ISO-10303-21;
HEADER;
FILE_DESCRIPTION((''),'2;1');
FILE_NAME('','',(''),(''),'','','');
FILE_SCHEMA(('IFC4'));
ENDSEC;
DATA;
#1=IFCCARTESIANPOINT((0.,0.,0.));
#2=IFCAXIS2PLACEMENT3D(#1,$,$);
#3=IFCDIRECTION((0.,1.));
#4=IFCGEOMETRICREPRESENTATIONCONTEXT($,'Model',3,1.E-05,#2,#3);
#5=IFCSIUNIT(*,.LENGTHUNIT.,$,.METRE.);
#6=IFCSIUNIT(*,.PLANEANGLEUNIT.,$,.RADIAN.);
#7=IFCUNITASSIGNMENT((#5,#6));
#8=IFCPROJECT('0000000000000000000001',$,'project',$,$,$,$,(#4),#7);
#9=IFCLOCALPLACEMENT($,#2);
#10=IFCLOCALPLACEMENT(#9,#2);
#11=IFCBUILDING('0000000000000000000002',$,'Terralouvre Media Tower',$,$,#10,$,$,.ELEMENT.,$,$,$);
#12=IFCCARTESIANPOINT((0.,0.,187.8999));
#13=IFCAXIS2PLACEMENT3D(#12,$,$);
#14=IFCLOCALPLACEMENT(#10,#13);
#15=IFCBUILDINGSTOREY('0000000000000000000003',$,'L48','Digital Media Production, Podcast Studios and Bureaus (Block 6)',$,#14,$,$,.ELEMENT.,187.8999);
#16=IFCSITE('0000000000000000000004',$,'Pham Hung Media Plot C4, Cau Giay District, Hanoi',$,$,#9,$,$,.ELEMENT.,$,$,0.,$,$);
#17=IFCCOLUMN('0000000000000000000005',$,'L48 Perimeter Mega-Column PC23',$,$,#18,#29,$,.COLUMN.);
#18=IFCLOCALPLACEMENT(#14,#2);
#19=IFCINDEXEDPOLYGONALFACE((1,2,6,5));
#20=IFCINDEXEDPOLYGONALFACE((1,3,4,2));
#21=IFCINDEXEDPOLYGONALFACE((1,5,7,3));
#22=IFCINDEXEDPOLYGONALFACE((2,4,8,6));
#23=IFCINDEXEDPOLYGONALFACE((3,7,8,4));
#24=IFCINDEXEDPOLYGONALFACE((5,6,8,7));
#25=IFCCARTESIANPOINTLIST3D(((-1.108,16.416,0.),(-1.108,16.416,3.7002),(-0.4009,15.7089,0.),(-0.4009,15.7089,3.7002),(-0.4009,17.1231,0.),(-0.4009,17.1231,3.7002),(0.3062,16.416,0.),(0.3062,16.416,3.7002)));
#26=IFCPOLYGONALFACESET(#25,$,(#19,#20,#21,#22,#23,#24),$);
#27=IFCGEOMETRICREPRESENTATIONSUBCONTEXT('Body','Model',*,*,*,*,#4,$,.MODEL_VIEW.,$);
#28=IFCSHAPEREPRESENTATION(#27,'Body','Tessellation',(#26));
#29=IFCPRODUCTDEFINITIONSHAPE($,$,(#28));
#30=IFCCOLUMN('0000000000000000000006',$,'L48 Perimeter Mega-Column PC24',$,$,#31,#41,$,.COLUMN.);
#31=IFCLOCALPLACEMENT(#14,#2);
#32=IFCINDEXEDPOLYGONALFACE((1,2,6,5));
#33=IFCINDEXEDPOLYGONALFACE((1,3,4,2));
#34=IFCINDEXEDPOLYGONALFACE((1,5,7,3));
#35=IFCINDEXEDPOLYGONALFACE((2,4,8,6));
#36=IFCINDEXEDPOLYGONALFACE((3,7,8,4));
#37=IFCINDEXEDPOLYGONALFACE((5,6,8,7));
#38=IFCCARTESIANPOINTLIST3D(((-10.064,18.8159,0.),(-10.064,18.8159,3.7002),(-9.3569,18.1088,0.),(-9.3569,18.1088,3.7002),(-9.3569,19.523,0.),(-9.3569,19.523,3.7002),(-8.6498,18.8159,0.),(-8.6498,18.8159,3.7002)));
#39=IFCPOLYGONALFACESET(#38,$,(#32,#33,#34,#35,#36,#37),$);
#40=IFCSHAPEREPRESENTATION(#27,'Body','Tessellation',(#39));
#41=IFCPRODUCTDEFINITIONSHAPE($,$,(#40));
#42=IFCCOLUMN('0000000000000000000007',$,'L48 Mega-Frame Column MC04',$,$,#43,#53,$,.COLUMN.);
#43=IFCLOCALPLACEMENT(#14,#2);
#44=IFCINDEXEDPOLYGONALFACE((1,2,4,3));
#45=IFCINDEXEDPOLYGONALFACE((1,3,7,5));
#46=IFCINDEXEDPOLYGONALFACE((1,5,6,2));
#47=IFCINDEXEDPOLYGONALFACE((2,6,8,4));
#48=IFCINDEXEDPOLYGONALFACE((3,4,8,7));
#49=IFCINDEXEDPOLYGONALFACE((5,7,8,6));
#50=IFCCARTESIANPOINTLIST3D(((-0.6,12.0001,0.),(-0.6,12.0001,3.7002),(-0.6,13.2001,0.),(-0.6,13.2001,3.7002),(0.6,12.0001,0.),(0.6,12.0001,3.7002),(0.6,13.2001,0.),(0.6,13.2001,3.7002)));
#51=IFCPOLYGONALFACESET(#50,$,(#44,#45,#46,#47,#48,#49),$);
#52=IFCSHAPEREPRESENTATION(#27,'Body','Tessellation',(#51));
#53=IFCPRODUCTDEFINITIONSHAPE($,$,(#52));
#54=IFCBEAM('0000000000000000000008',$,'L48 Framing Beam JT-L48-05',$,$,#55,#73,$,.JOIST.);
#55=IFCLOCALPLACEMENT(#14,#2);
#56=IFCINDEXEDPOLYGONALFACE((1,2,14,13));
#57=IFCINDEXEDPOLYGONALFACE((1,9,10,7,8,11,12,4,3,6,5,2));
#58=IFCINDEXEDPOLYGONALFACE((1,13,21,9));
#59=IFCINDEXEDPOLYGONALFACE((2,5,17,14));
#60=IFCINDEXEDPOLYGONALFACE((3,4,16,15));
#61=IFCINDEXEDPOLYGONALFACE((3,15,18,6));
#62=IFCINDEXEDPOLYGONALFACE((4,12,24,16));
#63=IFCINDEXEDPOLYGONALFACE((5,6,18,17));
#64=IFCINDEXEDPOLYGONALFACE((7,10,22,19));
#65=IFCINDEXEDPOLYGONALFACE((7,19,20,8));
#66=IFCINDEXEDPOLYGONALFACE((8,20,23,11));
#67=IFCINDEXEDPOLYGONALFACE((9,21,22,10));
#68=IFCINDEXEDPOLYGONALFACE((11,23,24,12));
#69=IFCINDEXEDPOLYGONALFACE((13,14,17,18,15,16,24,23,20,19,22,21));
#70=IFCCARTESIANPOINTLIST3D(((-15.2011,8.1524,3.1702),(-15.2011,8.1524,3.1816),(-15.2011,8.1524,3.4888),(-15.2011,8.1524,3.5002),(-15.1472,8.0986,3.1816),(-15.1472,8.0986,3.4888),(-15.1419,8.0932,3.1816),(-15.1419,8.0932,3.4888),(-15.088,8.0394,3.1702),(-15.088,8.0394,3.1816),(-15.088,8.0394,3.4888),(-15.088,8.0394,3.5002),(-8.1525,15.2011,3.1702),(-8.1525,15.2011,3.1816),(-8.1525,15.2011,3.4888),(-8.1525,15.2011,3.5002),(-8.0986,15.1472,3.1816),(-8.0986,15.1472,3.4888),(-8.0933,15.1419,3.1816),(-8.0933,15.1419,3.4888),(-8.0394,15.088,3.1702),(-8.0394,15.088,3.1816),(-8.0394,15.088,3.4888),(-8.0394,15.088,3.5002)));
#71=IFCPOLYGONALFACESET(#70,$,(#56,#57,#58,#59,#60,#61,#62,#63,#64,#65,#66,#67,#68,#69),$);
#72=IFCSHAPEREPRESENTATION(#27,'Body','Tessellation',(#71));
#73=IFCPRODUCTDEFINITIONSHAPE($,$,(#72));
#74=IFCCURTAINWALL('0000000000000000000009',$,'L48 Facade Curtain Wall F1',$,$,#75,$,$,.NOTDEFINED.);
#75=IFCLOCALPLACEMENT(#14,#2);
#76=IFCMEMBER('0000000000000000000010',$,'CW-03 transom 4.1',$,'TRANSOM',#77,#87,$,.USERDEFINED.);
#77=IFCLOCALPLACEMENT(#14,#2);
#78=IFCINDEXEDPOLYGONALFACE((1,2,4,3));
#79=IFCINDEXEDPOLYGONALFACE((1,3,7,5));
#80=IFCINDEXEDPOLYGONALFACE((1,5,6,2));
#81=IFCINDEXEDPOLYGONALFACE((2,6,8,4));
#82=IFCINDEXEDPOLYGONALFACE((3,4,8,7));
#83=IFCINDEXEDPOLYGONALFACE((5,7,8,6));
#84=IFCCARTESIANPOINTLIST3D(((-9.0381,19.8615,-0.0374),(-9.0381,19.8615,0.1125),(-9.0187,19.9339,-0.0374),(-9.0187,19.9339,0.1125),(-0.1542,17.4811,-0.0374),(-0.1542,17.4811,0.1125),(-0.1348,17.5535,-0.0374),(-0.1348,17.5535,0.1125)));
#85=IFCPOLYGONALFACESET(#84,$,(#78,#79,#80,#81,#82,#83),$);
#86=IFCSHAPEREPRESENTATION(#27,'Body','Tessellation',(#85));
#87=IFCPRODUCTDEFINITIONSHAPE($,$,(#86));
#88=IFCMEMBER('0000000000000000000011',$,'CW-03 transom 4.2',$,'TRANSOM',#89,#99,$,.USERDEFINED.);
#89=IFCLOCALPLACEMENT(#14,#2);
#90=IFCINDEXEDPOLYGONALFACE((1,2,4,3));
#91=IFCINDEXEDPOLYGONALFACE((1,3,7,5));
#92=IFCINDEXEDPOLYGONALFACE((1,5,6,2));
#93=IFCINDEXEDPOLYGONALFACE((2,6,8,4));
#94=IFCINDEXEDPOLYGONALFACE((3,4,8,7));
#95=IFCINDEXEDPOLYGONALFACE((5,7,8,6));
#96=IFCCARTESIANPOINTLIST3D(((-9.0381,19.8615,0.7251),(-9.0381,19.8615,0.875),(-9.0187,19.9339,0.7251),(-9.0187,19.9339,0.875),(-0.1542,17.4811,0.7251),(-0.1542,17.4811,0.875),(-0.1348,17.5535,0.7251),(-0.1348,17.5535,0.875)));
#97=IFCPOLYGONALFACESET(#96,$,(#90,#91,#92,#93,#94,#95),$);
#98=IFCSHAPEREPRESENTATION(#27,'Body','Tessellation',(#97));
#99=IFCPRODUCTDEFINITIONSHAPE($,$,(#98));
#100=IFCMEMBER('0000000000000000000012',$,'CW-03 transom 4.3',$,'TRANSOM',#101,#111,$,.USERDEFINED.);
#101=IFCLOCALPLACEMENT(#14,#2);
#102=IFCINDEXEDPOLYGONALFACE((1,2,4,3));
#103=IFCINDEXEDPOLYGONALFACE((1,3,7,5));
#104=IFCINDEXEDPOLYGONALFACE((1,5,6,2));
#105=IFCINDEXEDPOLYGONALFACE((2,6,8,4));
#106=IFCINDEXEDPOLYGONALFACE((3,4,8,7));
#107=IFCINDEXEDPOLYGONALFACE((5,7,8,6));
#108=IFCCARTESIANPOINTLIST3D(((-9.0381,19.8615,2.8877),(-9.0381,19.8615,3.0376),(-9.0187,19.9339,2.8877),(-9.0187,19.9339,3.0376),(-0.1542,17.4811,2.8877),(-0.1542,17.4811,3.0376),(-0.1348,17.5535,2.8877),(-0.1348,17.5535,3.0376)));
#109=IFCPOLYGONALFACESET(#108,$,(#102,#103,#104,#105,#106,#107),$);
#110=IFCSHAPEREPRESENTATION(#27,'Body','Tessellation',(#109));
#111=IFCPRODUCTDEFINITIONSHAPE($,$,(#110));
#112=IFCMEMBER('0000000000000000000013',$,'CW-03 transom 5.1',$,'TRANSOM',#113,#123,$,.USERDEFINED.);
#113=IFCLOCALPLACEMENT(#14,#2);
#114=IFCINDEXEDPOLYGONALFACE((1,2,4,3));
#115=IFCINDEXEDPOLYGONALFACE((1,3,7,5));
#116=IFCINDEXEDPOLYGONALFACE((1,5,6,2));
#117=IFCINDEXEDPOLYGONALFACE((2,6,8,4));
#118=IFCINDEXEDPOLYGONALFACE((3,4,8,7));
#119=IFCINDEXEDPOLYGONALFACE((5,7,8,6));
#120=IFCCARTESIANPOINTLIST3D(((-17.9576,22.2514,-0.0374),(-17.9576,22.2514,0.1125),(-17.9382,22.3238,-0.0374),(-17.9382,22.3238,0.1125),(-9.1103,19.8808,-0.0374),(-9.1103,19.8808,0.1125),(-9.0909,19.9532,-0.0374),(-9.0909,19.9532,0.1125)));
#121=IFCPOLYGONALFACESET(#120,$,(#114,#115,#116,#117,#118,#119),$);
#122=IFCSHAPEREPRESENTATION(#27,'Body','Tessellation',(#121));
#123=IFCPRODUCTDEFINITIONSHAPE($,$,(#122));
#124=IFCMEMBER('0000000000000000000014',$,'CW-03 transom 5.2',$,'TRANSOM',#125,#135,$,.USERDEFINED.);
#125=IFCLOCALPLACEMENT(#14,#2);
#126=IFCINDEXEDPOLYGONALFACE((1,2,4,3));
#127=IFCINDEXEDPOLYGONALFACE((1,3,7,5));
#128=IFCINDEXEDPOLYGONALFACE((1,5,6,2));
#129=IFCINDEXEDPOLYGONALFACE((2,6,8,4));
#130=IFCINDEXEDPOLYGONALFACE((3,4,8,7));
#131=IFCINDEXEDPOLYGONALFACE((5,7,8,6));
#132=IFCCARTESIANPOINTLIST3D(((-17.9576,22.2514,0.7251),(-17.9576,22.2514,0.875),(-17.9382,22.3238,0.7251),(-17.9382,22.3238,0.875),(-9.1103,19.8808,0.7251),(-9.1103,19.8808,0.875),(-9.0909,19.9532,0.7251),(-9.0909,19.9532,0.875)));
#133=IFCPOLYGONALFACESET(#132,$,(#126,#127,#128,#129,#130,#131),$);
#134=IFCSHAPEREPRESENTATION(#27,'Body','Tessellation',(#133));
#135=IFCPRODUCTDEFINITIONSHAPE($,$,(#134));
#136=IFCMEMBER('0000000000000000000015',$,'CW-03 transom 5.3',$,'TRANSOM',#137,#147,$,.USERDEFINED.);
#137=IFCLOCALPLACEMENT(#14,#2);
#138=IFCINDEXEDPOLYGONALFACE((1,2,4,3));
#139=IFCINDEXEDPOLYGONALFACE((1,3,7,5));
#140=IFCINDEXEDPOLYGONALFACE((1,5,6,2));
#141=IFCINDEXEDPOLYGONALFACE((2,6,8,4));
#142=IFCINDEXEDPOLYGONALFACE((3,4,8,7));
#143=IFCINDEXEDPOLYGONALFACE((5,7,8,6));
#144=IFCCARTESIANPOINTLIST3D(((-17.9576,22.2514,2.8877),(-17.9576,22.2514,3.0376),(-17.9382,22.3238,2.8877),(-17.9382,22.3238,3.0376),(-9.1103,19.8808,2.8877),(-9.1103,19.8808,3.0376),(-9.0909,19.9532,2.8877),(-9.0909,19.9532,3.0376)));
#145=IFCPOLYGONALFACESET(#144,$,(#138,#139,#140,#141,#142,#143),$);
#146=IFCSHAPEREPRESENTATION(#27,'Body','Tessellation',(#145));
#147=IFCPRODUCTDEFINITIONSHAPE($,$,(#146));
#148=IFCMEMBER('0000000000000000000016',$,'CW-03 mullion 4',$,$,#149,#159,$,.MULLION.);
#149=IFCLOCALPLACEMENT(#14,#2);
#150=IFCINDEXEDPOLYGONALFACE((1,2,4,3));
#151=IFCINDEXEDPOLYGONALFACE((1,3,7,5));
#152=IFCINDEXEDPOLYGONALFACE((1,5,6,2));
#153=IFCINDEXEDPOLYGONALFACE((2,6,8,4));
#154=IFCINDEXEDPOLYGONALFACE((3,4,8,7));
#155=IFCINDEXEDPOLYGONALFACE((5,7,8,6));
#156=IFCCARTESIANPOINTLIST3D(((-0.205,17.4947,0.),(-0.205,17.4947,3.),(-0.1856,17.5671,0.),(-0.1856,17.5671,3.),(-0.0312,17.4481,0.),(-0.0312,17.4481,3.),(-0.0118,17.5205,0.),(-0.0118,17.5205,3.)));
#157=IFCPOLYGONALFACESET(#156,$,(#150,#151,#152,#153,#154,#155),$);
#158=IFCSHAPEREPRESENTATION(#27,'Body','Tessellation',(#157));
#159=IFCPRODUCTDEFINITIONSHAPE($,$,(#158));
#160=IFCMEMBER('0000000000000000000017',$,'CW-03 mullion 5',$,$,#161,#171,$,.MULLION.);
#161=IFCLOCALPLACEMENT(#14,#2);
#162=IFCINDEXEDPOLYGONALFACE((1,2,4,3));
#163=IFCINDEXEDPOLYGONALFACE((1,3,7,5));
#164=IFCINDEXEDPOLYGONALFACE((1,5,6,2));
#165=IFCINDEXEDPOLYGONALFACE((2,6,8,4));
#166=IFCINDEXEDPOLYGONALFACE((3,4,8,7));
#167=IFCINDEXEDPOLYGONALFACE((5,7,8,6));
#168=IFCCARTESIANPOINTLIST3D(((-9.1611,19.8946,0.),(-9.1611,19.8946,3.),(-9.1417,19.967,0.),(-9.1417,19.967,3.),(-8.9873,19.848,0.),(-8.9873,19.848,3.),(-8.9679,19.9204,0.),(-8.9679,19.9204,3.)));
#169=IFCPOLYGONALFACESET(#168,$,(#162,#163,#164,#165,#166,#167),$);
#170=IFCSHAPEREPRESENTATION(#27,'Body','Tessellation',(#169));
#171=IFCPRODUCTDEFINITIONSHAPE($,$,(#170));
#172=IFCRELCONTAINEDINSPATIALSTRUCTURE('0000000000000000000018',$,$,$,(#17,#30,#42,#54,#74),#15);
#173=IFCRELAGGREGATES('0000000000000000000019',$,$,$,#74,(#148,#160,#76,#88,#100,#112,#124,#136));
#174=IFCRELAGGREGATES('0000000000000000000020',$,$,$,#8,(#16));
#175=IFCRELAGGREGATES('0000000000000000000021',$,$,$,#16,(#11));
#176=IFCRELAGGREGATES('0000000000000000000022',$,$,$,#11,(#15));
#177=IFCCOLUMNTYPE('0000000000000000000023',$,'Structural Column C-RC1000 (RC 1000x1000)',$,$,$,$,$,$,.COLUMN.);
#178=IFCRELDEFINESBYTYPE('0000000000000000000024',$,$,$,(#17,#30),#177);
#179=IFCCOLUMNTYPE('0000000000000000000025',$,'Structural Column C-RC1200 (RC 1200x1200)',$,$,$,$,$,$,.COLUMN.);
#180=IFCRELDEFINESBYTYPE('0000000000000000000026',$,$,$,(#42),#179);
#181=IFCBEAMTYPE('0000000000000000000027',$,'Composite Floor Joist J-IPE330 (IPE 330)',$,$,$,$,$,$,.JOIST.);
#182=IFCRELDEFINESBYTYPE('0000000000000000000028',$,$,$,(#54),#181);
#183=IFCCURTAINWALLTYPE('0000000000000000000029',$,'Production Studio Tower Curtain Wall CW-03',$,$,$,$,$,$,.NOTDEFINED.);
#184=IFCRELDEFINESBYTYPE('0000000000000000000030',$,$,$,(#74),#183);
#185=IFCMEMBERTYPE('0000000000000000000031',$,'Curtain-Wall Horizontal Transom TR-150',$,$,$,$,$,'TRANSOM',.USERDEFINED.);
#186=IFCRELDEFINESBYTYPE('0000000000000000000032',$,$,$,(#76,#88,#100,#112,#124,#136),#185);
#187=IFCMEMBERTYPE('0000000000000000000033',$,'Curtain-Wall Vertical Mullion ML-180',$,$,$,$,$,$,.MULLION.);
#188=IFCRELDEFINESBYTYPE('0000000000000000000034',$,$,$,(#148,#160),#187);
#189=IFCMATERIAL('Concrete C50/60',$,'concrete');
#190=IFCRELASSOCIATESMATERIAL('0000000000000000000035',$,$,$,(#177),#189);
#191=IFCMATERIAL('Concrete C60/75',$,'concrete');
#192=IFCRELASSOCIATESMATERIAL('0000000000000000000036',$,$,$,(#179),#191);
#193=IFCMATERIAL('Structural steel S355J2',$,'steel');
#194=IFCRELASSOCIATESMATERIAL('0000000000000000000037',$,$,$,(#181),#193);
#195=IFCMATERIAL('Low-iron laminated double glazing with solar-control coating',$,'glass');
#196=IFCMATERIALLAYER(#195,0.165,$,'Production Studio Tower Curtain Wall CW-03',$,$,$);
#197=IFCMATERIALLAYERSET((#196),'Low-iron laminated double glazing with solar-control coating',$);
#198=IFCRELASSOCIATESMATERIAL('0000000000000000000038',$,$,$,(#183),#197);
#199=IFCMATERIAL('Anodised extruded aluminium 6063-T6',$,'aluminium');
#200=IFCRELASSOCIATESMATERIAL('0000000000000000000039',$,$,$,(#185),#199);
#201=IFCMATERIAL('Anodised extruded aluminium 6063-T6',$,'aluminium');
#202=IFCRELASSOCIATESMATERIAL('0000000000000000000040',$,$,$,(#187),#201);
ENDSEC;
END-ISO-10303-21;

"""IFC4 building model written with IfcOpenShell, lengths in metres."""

from ifc_helpers import new_model, si_unit, direction, frame, origin, origin_2d, place, context, subcontext, project, spatial, rectangle, i_section, extrude, material, layer, layer_set, material_profile, profile_set, type_object, element, aggregate, save


model = new_model("IFC4")

# Units and contexts
model_context = context("Model", 3, precision=1e-05, world=origin(), true_north=direction((0.0, 1.0)))
body_context = subcontext(model_context, "Body", "Model", "MODEL_VIEW")
ifc_project = project(units=[si_unit("LENGTHUNIT", "METRE"), si_unit("PLANEANGLEUNIT", "RADIAN")], contexts=[model_context])

# Site, building, storey
site_placement = place(None, origin())
site = spatial("IfcSite", under=ifc_project, at=site_placement, Name="Pham Hung Media Plot C4, Cau Giay District, Hanoi", CompositionType="ELEMENT", RefElevation=0.0)
building_placement = place(site_placement, origin())
building = spatial("IfcBuilding", under=site, at=building_placement, Name="Terralouvre Media Tower", CompositionType="ELEMENT")
storey_placement = place(building_placement, frame((0.0, 0.0, 187.8999)))
storey = spatial("IfcBuildingStorey", under=building, at=storey_placement, Name="L48", Description="Digital Media Production, Podcast Studios and Bureaus (Block 6)", CompositionType="ELEMENT", Elevation=187.8999)

# Columns
ifc_material_1 = material(Name="Concrete C50/60", Category="concrete")
ifc_material_profile_1 = material_profile(ifc_material_1, rectangle(XDim=1.0, YDim=1.0, at=origin_2d()), Name="RC 1000x1000")
ifc_profile_set_1 = profile_set([ifc_material_profile_1], Name="Concrete C50/60")
column_type_1 = type_object("IfcColumnType", Name="Structural Column C-RC1000 (RC 1000x1000)", PredefinedType="COLUMN", material=ifc_profile_set_1)
for number, where, z_axis, x_axis, name in (
    (1, (-0.4009, 16.416, 0.0), (0.0, 0.0, 1.0), (0.707107, 0.707107, 0.0), "L48 Perimeter Mega-Column PC23"),
    (2, (-9.3569, 18.8159, 0.0), (0.0, 0.0, 1.0), (0.707107, 0.707107, 0.0), "L48 Perimeter Mega-Column PC24"),
):
    element("IfcColumn", number, at=place(storey_placement, frame(where, z_axis=z_axis, x_axis=x_axis)), inside=storey, type_object=column_type_1, Name=name, PredefinedType="COLUMN", context=body_context, shape_type="SweptSolid", body=[
        extrude(rectangle(XDim=1.0, YDim=1.0, at=origin_2d()), origin(), (0.0, 0.0, 1.0), 3.7002),
    ])
ifc_material_2 = material(Name="Concrete C60/75", Category="concrete")
ifc_material_profile_2 = material_profile(ifc_material_2, rectangle(XDim=1.2, YDim=1.2, at=origin_2d()), Name="RC 1200x1200")
ifc_profile_set_2 = profile_set([ifc_material_profile_2], Name="Concrete C60/75")
column_type_2 = type_object("IfcColumnType", Name="Structural Column C-RC1200 (RC 1200x1200)", PredefinedType="COLUMN", material=ifc_profile_set_2)
column_placement = place(storey_placement, frame((0.0, 12.6001, 0.0), z_axis=(0.0, 0.0, 1.0), x_axis=(1.0, 0.0, 0.0)))
element("IfcColumn", 3, at=column_placement, inside=storey, type_object=column_type_2, Name="L48 Mega-Frame Column MC04", PredefinedType="COLUMN", context=body_context, shape_type="SweptSolid", body=[
    extrude(rectangle(XDim=1.2, YDim=1.2, at=origin_2d()), origin(), (0.0, 0.0, 1.0), 3.7002),
])

# Beam
ifc_material_3 = material(Name="Structural steel S355J2", Category="steel")
ifc_material_profile_3 = material_profile(ifc_material_3, i_section(OverallWidth=0.1599, OverallDepth=0.3301, WebThickness=0.0076, FlangeThickness=0.0115, at=origin_2d()), Name="IPE 330")
ifc_profile_set_3 = profile_set([ifc_material_profile_3], Name="Structural steel S355J2")
beam_type_1 = type_object("IfcBeamType", Name="Composite Floor Joist J-IPE330 (IPE 330)", PredefinedType="JOIST", material=ifc_profile_set_3)
beam_1_placement = place(storey_placement, frame((-8.0959, 15.1445, 3.3352), z_axis=(-0.707107, -0.707107, 0.0), x_axis=(0.707107, -0.707107, 0.0)))
element("IfcBeam", 4, at=beam_1_placement, inside=storey, type_object=beam_type_1, Name="L48 Framing Beam JT-L48-05", PredefinedType="JOIST", context=body_context, shape_type="SweptSolid", body=[
    extrude(i_section(OverallWidth=0.1599, OverallDepth=0.3301, WebThickness=0.0076, FlangeThickness=0.0115, at=origin_2d()), origin(), (0.0, 0.0, 1.0), 9.9683),
])

# Curtain wall, members
ifc_material_4 = material(Name="Low-iron laminated double glazing with solar-control coating", Category="glass")
ifc_layer_1 = layer(ifc_material_4, 0.165, Name="Production Studio Tower Curtain Wall CW-03")
ifc_layer_set_1 = layer_set([ifc_layer_1], Name="Low-iron laminated double glazing with solar-control coating")
curtain_wall_type = type_object("IfcCurtainWallType", Name="Production Studio Tower Curtain Wall CW-03", PredefinedType="NOTDEFINED", material=ifc_layer_set_1)
curtain_wall_placement = place(storey_placement, origin())
curtain_wall = element("IfcCurtainWall", 5, at=curtain_wall_placement, inside=storey, type_object=curtain_wall_type, Name="L48 Facade Curtain Wall F1", PredefinedType="NOTDEFINED")
ifc_material_5 = material(Name="Anodised extruded aluminium 6063-T6", Category="aluminium")
ifc_material_profile_4 = material_profile(ifc_material_5, rectangle(XDim=0.075, YDim=0.1499, at=origin_2d()), Name="ALU 75x150")
ifc_profile_set_4 = profile_set([ifc_material_profile_4], Name="Anodised extruded aluminium 6063-T6")
member_type_1 = type_object("IfcMemberType", Name="Curtain-Wall Horizontal Transom TR-150", ElementType="TRANSOM", PredefinedType="USERDEFINED", material=ifc_profile_set_4)
member_1_placement = place(storey_placement, frame((-0.1445, 17.5173, 0.0376), z_axis=(-0.965927, 0.258816, 0.0), x_axis=(-0.258816, -0.965927, 0.0)))
member_1 = element("IfcMember", 6, at=member_1_placement, type_object=member_type_1, Name="CW-03 transom 4.1", ObjectType="TRANSOM", PredefinedType="USERDEFINED", context=body_context, shape_type="SweptSolid", body=[
    extrude(rectangle(XDim=0.075, YDim=0.1499, at=origin_2d()), origin(), (0.0, 0.0, 1.0), 9.1973),
])
member_2_placement = place(storey_placement, frame((-0.1445, 17.5173, 0.8), z_axis=(-0.965927, 0.258816, 0.0), x_axis=(-0.258816, -0.965927, 0.0)))
member_2 = element("IfcMember", 7, at=member_2_placement, type_object=member_type_1, Name="CW-03 transom 4.2", ObjectType="TRANSOM", PredefinedType="USERDEFINED", context=body_context, shape_type="SweptSolid", body=[
    extrude(rectangle(XDim=0.075, YDim=0.1499, at=origin_2d()), origin(), (0.0, 0.0, 1.0), 9.1973),
])
member_3_placement = place(storey_placement, frame((-0.1445, 17.5173, 2.9626), z_axis=(-0.965927, 0.258816, 0.0), x_axis=(-0.258816, -0.965927, 0.0)))
member_3 = element("IfcMember", 8, at=member_3_placement, type_object=member_type_1, Name="CW-03 transom 4.3", ObjectType="TRANSOM", PredefinedType="USERDEFINED", context=body_context, shape_type="SweptSolid", body=[
    extrude(rectangle(XDim=0.075, YDim=0.1499, at=origin_2d()), origin(), (0.0, 0.0, 1.0), 9.1973),
])
member_4_placement = place(storey_placement, frame((-9.1006, 19.917, 0.0376), z_axis=(-0.965927, 0.258814, 0.0), x_axis=(-0.258814, -0.965927, 0.0)))
member_4 = element("IfcMember", 9, at=member_4_placement, type_object=member_type_1, Name="CW-03 transom 5.1", ObjectType="TRANSOM", PredefinedType="USERDEFINED", context=body_context, shape_type="SweptSolid", body=[
    extrude(rectangle(XDim=0.075, YDim=0.1499, at=origin_2d()), origin(), (0.0, 0.0, 1.0), 9.1594),
])
member_5_placement = place(storey_placement, frame((-9.1006, 19.917, 0.8), z_axis=(-0.965927, 0.258814, 0.0), x_axis=(-0.258814, -0.965927, 0.0)))
member_5 = element("IfcMember", 10, at=member_5_placement, type_object=member_type_1, Name="CW-03 transom 5.2", ObjectType="TRANSOM", PredefinedType="USERDEFINED", context=body_context, shape_type="SweptSolid", body=[
    extrude(rectangle(XDim=0.075, YDim=0.1499, at=origin_2d()), origin(), (0.0, 0.0, 1.0), 9.1594),
])
member_6_placement = place(storey_placement, frame((-9.1006, 19.917, 2.9626), z_axis=(-0.965927, 0.258814, 0.0), x_axis=(-0.258814, -0.965927, 0.0)))
member_6 = element("IfcMember", 11, at=member_6_placement, type_object=member_type_1, Name="CW-03 transom 5.3", ObjectType="TRANSOM", PredefinedType="USERDEFINED", context=body_context, shape_type="SweptSolid", body=[
    extrude(rectangle(XDim=0.075, YDim=0.1499, at=origin_2d()), origin(), (0.0, 0.0, 1.0), 9.1594),
])
ifc_material_6 = material(Name="Anodised extruded aluminium 6063-T6", Category="aluminium")
ifc_material_profile_5 = material_profile(ifc_material_6, rectangle(XDim=0.075, YDim=0.1799, at=origin_2d()), Name="ALU 75x180")
ifc_profile_set_5 = profile_set([ifc_material_profile_5], Name="Anodised extruded aluminium 6063-T6")
member_type_2 = type_object("IfcMemberType", Name="Curtain-Wall Vertical Mullion ML-180", PredefinedType="MULLION", material=ifc_profile_set_5)
member_7_placement = place(storey_placement, frame((-0.1084, 17.5076, 0.0), z_axis=(0.0, 0.0, 1.0), x_axis=(-0.258819, -0.965926, 0.0)))
member_7 = element("IfcMember", 12, at=member_7_placement, type_object=member_type_2, Name="CW-03 mullion 4", PredefinedType="MULLION", context=body_context, shape_type="SweptSolid", body=[
    extrude(rectangle(XDim=0.075, YDim=0.1799, at=origin_2d()), origin(), (0.0, 0.0, 1.0), 3.0),
])
member_8_placement = place(storey_placement, frame((-9.0645, 19.9075, 0.0), z_axis=(0.0, 0.0, 1.0), x_axis=(-0.258819, -0.965926, 0.0)))
member_8 = element("IfcMember", 13, at=member_8_placement, type_object=member_type_2, Name="CW-03 mullion 5", PredefinedType="MULLION", context=body_context, shape_type="SweptSolid", body=[
    extrude(rectangle(XDim=0.075, YDim=0.1799, at=origin_2d()), origin(), (0.0, 0.0, 1.0), 3.0),
])

aggregate(curtain_wall, [member_7, member_8, member_1, member_2, member_3, member_4, member_5, member_6])

save(model, "model.ifc")
